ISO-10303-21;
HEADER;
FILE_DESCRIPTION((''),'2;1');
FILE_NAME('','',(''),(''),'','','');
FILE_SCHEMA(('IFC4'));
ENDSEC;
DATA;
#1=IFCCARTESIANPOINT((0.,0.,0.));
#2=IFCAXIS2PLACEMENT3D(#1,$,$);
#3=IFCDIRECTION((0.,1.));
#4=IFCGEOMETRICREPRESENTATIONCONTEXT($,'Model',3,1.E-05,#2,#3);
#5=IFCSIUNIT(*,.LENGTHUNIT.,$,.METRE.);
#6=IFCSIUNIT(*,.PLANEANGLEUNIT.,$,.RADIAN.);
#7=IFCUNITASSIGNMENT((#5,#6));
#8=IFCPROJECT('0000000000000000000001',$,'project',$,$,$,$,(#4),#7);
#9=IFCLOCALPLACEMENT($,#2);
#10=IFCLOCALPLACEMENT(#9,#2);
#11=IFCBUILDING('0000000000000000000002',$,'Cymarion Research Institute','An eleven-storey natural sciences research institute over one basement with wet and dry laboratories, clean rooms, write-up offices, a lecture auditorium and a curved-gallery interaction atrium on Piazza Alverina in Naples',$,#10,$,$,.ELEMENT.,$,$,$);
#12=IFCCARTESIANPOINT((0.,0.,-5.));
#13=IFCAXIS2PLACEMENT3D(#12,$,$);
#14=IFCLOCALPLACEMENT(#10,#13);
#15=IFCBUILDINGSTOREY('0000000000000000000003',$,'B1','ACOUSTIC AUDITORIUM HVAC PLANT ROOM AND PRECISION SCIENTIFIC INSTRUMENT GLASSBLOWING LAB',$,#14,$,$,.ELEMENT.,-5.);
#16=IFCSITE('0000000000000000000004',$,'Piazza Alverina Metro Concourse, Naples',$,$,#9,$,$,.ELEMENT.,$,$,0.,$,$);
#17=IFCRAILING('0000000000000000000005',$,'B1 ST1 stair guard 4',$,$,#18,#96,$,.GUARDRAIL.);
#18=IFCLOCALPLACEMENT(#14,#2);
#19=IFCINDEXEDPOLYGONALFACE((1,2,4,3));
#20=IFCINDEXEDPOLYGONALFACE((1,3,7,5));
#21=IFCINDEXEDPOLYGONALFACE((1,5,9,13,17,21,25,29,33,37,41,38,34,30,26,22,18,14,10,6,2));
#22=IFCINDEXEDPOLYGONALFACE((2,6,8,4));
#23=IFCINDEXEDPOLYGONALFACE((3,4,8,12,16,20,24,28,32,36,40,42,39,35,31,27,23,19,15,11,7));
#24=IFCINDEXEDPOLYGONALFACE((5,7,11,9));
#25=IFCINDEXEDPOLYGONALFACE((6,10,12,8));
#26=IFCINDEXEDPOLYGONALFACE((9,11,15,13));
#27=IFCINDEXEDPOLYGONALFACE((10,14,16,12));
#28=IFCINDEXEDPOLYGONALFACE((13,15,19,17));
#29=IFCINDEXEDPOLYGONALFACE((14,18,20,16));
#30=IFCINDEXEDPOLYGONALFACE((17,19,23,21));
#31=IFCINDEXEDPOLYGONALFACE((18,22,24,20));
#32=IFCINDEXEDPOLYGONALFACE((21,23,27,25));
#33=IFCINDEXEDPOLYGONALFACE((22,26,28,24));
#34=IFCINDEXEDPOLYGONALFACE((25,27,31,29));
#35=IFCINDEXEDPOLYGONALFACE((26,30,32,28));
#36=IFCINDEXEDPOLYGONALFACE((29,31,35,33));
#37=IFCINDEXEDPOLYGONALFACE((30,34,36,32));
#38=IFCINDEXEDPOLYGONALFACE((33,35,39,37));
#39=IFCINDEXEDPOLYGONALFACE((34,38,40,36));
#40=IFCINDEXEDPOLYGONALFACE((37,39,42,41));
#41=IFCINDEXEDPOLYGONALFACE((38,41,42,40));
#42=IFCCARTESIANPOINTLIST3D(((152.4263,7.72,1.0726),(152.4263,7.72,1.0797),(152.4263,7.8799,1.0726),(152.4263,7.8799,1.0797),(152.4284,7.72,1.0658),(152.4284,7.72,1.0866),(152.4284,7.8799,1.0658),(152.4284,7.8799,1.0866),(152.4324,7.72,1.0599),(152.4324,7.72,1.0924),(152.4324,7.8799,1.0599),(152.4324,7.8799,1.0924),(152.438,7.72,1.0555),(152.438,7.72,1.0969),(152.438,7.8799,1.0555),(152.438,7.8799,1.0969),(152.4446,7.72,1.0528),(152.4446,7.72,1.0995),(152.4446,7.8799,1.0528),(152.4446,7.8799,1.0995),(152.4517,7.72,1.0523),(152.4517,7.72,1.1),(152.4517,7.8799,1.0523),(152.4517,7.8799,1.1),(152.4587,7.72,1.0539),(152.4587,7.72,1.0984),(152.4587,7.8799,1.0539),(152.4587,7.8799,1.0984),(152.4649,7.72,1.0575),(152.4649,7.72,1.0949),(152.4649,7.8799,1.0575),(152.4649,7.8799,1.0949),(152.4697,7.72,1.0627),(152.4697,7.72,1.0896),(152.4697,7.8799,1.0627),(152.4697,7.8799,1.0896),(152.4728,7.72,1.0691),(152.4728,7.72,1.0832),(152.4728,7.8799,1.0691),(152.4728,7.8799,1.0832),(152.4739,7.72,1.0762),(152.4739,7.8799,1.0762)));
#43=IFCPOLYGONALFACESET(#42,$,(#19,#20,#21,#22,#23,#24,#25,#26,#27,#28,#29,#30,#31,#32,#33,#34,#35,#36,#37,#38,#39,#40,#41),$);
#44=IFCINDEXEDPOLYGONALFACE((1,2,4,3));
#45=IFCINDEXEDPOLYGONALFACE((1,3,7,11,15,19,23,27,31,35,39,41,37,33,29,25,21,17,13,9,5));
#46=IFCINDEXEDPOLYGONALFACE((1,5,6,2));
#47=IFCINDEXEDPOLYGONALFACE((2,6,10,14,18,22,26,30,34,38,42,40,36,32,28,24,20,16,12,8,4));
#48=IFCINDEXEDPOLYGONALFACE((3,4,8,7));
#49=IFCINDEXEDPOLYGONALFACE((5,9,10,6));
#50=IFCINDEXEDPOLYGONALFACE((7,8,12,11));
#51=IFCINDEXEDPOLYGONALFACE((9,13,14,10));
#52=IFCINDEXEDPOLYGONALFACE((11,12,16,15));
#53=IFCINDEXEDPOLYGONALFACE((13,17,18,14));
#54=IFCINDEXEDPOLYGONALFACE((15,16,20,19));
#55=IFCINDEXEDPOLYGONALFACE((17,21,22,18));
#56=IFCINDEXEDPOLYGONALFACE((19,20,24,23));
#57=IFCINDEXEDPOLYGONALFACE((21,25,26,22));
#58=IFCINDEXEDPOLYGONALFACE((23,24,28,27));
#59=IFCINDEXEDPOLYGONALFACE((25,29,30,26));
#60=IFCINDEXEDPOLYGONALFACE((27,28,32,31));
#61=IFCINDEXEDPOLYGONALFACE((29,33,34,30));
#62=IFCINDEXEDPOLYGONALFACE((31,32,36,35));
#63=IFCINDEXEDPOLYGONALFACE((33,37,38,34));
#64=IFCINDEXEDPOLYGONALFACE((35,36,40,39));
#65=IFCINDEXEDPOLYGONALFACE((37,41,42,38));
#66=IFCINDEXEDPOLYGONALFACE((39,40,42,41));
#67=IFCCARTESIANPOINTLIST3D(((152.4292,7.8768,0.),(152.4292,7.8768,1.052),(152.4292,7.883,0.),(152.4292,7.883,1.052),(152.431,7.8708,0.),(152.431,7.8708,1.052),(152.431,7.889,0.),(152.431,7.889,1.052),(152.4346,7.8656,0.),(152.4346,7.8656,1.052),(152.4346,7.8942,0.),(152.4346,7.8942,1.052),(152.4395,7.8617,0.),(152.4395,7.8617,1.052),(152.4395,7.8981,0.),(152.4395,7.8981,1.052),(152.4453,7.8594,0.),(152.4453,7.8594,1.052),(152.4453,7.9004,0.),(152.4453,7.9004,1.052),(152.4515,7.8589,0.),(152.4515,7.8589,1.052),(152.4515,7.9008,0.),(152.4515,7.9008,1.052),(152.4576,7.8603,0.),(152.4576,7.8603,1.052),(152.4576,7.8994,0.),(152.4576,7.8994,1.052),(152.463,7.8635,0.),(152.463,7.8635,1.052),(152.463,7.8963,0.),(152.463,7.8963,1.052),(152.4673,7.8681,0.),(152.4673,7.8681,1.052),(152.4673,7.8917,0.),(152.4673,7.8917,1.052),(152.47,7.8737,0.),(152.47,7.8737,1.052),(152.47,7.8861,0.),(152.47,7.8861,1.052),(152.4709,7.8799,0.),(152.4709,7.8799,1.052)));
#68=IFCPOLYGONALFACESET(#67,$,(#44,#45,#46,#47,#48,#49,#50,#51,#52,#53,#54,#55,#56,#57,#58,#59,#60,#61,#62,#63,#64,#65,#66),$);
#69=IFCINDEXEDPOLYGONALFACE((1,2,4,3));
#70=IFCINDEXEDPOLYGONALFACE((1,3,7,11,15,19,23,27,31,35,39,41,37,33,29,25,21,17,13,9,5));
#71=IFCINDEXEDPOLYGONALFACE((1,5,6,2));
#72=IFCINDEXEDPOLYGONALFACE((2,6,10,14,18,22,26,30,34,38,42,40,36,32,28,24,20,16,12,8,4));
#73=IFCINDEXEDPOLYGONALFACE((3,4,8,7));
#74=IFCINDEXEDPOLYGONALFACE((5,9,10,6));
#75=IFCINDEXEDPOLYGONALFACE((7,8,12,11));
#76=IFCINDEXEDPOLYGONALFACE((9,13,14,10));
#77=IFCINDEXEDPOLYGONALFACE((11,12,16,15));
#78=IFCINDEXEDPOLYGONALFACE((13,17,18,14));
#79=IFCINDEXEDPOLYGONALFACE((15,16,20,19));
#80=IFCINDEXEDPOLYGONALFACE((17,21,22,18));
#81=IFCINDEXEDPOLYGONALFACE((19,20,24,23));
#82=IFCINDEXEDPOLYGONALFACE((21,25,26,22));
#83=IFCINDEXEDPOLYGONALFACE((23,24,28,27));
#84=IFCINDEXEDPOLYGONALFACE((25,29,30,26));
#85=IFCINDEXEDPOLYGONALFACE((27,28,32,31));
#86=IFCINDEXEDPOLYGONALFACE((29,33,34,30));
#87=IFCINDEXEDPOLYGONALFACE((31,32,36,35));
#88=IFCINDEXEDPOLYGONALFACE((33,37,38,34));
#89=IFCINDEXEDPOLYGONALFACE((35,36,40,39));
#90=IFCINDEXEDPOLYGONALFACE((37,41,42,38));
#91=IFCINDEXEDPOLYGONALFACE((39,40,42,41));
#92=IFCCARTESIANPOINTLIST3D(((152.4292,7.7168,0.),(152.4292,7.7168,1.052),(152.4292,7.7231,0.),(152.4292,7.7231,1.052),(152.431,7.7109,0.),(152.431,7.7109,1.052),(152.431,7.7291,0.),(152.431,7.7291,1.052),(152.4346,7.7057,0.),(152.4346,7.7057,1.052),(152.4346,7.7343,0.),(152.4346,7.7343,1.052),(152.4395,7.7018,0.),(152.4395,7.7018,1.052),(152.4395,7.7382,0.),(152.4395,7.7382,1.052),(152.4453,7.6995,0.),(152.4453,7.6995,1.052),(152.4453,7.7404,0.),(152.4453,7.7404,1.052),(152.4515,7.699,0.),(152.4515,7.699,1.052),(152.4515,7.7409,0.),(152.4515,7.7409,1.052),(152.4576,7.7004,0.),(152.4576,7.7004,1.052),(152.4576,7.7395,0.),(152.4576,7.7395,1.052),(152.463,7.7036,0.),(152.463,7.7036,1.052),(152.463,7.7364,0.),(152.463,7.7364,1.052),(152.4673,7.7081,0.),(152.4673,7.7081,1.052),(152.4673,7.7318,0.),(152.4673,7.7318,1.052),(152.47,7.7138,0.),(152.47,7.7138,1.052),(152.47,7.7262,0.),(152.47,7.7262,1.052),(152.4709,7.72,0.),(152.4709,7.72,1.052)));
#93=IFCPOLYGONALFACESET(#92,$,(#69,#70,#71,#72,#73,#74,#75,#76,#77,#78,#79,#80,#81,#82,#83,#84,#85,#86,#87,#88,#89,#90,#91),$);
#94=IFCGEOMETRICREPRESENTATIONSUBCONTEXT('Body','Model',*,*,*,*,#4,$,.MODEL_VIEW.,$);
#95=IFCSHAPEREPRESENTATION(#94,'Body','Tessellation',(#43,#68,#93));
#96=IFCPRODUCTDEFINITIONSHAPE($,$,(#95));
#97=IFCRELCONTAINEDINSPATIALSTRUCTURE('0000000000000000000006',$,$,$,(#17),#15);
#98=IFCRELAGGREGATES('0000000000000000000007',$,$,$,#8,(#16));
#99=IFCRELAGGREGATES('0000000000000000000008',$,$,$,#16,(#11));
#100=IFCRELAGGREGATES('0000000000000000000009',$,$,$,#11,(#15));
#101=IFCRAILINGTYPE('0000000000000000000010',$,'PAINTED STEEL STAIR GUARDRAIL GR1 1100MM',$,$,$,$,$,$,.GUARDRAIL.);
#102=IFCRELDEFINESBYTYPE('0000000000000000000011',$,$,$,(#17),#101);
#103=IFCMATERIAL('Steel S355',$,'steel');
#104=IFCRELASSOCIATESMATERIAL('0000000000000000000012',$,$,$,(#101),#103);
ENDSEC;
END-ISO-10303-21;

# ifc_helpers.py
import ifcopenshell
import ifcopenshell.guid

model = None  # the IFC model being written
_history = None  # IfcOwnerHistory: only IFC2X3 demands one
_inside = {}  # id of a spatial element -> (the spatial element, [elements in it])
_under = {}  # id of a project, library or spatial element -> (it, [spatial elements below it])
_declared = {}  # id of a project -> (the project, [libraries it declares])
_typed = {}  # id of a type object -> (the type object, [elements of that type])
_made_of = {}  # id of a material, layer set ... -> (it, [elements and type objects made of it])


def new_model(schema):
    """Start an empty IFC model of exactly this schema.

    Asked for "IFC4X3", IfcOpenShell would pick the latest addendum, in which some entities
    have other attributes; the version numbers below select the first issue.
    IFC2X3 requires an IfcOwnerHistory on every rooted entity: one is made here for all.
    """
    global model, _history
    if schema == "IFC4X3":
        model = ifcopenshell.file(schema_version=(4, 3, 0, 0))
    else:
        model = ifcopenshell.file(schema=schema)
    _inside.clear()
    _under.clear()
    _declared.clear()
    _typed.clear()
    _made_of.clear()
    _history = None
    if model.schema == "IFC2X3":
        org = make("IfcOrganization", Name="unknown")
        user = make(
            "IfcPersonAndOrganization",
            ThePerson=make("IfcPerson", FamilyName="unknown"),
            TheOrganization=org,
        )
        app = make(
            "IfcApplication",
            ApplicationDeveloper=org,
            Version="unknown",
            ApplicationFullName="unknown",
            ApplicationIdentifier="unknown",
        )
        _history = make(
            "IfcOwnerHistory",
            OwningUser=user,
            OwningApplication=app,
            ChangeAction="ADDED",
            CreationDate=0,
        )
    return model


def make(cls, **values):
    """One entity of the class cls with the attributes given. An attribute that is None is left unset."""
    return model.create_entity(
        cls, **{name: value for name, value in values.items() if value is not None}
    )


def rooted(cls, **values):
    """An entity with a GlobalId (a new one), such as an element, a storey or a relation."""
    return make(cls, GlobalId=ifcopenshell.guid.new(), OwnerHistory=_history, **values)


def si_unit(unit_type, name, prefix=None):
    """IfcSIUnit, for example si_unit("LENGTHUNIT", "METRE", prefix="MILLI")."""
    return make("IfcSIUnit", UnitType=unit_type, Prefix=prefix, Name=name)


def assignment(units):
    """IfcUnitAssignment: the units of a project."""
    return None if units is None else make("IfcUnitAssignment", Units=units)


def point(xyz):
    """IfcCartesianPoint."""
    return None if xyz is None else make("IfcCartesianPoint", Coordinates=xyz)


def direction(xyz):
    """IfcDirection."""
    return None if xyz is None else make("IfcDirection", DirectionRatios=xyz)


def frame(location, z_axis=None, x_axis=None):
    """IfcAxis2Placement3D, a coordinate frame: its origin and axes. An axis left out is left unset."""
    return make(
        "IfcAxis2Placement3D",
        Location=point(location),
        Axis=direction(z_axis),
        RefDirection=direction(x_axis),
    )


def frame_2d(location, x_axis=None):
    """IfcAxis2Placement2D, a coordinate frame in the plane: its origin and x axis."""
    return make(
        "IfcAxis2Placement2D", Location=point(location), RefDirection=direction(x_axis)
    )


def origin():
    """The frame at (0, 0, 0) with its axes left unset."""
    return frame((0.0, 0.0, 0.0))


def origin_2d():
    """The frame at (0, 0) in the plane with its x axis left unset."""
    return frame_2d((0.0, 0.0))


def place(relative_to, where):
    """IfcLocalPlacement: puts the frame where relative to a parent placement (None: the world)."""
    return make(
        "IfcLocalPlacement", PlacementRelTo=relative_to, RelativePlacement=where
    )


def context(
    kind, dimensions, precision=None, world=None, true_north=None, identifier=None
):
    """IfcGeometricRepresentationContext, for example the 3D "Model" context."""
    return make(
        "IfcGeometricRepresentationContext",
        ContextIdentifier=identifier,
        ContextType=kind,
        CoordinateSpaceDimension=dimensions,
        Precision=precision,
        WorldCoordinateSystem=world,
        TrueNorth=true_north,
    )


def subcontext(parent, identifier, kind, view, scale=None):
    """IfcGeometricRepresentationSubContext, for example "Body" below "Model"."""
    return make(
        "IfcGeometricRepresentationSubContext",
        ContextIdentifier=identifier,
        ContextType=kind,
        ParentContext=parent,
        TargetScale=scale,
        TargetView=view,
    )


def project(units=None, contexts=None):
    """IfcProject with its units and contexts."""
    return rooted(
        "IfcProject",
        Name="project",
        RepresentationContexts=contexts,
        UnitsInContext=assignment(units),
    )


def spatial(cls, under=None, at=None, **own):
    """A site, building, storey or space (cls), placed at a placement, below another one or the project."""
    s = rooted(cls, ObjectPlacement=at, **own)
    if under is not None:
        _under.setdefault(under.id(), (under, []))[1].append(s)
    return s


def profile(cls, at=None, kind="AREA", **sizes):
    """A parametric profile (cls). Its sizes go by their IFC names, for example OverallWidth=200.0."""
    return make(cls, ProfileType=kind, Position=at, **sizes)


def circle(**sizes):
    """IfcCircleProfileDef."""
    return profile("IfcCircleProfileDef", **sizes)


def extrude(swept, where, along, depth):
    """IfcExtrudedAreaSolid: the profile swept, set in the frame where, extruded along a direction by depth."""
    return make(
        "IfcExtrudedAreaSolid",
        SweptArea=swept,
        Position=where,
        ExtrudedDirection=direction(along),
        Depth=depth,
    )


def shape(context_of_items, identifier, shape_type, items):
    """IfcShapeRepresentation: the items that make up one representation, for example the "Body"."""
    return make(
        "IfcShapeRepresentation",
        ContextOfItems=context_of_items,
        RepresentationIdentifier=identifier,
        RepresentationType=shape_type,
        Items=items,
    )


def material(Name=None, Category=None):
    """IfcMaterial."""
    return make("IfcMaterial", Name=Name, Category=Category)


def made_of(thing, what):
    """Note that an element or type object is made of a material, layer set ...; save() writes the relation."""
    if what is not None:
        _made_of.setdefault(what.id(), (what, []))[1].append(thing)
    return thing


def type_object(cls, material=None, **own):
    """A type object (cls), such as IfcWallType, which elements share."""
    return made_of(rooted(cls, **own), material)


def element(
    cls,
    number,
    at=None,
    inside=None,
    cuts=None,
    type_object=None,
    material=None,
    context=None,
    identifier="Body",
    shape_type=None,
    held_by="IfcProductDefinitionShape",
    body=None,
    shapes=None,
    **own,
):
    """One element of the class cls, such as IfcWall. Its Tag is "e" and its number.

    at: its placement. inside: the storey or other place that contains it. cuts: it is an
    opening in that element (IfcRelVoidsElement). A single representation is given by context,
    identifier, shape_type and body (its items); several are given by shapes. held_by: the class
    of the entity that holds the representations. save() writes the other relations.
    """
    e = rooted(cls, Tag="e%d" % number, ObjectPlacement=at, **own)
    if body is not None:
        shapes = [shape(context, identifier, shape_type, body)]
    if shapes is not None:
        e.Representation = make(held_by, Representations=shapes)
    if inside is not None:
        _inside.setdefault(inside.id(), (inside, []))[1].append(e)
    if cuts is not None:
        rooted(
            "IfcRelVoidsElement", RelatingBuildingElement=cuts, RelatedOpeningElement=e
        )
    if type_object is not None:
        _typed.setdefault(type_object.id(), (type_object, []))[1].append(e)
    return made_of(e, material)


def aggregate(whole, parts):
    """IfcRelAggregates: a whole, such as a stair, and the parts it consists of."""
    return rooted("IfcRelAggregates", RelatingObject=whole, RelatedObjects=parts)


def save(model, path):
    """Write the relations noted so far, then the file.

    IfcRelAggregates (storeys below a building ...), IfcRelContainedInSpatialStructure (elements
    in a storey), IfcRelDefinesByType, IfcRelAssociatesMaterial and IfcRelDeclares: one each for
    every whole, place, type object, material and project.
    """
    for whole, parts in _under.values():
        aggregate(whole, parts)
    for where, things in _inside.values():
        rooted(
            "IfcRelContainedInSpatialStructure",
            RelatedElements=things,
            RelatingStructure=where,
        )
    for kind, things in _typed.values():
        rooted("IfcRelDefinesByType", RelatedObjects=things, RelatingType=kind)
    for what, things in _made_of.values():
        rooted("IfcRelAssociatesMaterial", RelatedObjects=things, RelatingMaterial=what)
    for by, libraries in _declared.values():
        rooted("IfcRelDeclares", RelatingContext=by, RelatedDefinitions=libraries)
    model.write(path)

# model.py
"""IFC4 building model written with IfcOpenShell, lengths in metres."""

from ifc_helpers import new_model, si_unit, direction, frame, origin, origin_2d, place, context, subcontext, project, spatial, circle, extrude, material, type_object, element, save


model = new_model("IFC4")

# Units and contexts
model_context = context("Model", 3, precision=1e-05, world=origin(), true_north=direction((0.0, 1.0)))
body_context = subcontext(model_context, "Body", "Model", "MODEL_VIEW")
ifc_project = project(units=[si_unit("LENGTHUNIT", "METRE"), si_unit("PLANEANGLEUNIT", "RADIAN")], contexts=[model_context])

# Site, building, storey
site_placement = place(None, origin())
site = spatial("IfcSite", under=ifc_project, at=site_placement, Name="Piazza Alverina Metro Concourse, Naples", CompositionType="ELEMENT", RefElevation=0.0)
building_placement = place(site_placement, origin())
building = spatial("IfcBuilding", under=site, at=building_placement, Name="Cymarion Research Institute", Description="An eleven-storey natural sciences research institute over one basement with wet and dry laboratories, clean rooms, write-up offices, a lecture auditorium and a curved-gallery interaction atrium on Piazza Alverina in Naples", CompositionType="ELEMENT")
storey_placement = place(building_placement, frame((0.0, 0.0, -5.0)))
storey = spatial("IfcBuildingStorey", under=building, at=storey_placement, Name="B1", Description="ACOUSTIC AUDITORIUM HVAC PLANT ROOM AND PRECISION SCIENTIFIC INSTRUMENT GLASSBLOWING LAB", CompositionType="ELEMENT", Elevation=-5.0)

# Shared definitions
ifc_material_1 = material(Name="Steel S355", Category="steel")

# Railing
railing_type_1 = type_object("IfcRailingType", Name="PAINTED STEEL STAIR GUARDRAIL GR1 1100MM", PredefinedType="GUARDRAIL", material=ifc_material_1)
railing_1_placement = place(storey_placement, frame((152.45, 7.8799, 0.0)))
element("IfcRailing", 1, at=railing_1_placement, inside=storey, type_object=railing_type_1, Name="B1 ST1 stair guard 4", PredefinedType="GUARDRAIL", context=body_context, shape_type="SweptSolid", body=[
    extrude(circle(Radius=0.0239, at=origin_2d()), frame((0.0, 0.0, 1.0762), z_axis=(0.0, -1.0, 0.0), x_axis=(1.0, 0.0, 0.0)), (0.0, 0.0, 1.0), 0.1599),
    extrude(circle(Radius=0.021, at=origin_2d()), origin(), (0.0, 0.0, 1.0), 1.052),
    extrude(circle(Radius=0.021, at=origin_2d()), frame((0.0, -0.1599, 0.0)), (0.0, 0.0, 1.0), 1.052),
])

save(model, "model.ifc")
